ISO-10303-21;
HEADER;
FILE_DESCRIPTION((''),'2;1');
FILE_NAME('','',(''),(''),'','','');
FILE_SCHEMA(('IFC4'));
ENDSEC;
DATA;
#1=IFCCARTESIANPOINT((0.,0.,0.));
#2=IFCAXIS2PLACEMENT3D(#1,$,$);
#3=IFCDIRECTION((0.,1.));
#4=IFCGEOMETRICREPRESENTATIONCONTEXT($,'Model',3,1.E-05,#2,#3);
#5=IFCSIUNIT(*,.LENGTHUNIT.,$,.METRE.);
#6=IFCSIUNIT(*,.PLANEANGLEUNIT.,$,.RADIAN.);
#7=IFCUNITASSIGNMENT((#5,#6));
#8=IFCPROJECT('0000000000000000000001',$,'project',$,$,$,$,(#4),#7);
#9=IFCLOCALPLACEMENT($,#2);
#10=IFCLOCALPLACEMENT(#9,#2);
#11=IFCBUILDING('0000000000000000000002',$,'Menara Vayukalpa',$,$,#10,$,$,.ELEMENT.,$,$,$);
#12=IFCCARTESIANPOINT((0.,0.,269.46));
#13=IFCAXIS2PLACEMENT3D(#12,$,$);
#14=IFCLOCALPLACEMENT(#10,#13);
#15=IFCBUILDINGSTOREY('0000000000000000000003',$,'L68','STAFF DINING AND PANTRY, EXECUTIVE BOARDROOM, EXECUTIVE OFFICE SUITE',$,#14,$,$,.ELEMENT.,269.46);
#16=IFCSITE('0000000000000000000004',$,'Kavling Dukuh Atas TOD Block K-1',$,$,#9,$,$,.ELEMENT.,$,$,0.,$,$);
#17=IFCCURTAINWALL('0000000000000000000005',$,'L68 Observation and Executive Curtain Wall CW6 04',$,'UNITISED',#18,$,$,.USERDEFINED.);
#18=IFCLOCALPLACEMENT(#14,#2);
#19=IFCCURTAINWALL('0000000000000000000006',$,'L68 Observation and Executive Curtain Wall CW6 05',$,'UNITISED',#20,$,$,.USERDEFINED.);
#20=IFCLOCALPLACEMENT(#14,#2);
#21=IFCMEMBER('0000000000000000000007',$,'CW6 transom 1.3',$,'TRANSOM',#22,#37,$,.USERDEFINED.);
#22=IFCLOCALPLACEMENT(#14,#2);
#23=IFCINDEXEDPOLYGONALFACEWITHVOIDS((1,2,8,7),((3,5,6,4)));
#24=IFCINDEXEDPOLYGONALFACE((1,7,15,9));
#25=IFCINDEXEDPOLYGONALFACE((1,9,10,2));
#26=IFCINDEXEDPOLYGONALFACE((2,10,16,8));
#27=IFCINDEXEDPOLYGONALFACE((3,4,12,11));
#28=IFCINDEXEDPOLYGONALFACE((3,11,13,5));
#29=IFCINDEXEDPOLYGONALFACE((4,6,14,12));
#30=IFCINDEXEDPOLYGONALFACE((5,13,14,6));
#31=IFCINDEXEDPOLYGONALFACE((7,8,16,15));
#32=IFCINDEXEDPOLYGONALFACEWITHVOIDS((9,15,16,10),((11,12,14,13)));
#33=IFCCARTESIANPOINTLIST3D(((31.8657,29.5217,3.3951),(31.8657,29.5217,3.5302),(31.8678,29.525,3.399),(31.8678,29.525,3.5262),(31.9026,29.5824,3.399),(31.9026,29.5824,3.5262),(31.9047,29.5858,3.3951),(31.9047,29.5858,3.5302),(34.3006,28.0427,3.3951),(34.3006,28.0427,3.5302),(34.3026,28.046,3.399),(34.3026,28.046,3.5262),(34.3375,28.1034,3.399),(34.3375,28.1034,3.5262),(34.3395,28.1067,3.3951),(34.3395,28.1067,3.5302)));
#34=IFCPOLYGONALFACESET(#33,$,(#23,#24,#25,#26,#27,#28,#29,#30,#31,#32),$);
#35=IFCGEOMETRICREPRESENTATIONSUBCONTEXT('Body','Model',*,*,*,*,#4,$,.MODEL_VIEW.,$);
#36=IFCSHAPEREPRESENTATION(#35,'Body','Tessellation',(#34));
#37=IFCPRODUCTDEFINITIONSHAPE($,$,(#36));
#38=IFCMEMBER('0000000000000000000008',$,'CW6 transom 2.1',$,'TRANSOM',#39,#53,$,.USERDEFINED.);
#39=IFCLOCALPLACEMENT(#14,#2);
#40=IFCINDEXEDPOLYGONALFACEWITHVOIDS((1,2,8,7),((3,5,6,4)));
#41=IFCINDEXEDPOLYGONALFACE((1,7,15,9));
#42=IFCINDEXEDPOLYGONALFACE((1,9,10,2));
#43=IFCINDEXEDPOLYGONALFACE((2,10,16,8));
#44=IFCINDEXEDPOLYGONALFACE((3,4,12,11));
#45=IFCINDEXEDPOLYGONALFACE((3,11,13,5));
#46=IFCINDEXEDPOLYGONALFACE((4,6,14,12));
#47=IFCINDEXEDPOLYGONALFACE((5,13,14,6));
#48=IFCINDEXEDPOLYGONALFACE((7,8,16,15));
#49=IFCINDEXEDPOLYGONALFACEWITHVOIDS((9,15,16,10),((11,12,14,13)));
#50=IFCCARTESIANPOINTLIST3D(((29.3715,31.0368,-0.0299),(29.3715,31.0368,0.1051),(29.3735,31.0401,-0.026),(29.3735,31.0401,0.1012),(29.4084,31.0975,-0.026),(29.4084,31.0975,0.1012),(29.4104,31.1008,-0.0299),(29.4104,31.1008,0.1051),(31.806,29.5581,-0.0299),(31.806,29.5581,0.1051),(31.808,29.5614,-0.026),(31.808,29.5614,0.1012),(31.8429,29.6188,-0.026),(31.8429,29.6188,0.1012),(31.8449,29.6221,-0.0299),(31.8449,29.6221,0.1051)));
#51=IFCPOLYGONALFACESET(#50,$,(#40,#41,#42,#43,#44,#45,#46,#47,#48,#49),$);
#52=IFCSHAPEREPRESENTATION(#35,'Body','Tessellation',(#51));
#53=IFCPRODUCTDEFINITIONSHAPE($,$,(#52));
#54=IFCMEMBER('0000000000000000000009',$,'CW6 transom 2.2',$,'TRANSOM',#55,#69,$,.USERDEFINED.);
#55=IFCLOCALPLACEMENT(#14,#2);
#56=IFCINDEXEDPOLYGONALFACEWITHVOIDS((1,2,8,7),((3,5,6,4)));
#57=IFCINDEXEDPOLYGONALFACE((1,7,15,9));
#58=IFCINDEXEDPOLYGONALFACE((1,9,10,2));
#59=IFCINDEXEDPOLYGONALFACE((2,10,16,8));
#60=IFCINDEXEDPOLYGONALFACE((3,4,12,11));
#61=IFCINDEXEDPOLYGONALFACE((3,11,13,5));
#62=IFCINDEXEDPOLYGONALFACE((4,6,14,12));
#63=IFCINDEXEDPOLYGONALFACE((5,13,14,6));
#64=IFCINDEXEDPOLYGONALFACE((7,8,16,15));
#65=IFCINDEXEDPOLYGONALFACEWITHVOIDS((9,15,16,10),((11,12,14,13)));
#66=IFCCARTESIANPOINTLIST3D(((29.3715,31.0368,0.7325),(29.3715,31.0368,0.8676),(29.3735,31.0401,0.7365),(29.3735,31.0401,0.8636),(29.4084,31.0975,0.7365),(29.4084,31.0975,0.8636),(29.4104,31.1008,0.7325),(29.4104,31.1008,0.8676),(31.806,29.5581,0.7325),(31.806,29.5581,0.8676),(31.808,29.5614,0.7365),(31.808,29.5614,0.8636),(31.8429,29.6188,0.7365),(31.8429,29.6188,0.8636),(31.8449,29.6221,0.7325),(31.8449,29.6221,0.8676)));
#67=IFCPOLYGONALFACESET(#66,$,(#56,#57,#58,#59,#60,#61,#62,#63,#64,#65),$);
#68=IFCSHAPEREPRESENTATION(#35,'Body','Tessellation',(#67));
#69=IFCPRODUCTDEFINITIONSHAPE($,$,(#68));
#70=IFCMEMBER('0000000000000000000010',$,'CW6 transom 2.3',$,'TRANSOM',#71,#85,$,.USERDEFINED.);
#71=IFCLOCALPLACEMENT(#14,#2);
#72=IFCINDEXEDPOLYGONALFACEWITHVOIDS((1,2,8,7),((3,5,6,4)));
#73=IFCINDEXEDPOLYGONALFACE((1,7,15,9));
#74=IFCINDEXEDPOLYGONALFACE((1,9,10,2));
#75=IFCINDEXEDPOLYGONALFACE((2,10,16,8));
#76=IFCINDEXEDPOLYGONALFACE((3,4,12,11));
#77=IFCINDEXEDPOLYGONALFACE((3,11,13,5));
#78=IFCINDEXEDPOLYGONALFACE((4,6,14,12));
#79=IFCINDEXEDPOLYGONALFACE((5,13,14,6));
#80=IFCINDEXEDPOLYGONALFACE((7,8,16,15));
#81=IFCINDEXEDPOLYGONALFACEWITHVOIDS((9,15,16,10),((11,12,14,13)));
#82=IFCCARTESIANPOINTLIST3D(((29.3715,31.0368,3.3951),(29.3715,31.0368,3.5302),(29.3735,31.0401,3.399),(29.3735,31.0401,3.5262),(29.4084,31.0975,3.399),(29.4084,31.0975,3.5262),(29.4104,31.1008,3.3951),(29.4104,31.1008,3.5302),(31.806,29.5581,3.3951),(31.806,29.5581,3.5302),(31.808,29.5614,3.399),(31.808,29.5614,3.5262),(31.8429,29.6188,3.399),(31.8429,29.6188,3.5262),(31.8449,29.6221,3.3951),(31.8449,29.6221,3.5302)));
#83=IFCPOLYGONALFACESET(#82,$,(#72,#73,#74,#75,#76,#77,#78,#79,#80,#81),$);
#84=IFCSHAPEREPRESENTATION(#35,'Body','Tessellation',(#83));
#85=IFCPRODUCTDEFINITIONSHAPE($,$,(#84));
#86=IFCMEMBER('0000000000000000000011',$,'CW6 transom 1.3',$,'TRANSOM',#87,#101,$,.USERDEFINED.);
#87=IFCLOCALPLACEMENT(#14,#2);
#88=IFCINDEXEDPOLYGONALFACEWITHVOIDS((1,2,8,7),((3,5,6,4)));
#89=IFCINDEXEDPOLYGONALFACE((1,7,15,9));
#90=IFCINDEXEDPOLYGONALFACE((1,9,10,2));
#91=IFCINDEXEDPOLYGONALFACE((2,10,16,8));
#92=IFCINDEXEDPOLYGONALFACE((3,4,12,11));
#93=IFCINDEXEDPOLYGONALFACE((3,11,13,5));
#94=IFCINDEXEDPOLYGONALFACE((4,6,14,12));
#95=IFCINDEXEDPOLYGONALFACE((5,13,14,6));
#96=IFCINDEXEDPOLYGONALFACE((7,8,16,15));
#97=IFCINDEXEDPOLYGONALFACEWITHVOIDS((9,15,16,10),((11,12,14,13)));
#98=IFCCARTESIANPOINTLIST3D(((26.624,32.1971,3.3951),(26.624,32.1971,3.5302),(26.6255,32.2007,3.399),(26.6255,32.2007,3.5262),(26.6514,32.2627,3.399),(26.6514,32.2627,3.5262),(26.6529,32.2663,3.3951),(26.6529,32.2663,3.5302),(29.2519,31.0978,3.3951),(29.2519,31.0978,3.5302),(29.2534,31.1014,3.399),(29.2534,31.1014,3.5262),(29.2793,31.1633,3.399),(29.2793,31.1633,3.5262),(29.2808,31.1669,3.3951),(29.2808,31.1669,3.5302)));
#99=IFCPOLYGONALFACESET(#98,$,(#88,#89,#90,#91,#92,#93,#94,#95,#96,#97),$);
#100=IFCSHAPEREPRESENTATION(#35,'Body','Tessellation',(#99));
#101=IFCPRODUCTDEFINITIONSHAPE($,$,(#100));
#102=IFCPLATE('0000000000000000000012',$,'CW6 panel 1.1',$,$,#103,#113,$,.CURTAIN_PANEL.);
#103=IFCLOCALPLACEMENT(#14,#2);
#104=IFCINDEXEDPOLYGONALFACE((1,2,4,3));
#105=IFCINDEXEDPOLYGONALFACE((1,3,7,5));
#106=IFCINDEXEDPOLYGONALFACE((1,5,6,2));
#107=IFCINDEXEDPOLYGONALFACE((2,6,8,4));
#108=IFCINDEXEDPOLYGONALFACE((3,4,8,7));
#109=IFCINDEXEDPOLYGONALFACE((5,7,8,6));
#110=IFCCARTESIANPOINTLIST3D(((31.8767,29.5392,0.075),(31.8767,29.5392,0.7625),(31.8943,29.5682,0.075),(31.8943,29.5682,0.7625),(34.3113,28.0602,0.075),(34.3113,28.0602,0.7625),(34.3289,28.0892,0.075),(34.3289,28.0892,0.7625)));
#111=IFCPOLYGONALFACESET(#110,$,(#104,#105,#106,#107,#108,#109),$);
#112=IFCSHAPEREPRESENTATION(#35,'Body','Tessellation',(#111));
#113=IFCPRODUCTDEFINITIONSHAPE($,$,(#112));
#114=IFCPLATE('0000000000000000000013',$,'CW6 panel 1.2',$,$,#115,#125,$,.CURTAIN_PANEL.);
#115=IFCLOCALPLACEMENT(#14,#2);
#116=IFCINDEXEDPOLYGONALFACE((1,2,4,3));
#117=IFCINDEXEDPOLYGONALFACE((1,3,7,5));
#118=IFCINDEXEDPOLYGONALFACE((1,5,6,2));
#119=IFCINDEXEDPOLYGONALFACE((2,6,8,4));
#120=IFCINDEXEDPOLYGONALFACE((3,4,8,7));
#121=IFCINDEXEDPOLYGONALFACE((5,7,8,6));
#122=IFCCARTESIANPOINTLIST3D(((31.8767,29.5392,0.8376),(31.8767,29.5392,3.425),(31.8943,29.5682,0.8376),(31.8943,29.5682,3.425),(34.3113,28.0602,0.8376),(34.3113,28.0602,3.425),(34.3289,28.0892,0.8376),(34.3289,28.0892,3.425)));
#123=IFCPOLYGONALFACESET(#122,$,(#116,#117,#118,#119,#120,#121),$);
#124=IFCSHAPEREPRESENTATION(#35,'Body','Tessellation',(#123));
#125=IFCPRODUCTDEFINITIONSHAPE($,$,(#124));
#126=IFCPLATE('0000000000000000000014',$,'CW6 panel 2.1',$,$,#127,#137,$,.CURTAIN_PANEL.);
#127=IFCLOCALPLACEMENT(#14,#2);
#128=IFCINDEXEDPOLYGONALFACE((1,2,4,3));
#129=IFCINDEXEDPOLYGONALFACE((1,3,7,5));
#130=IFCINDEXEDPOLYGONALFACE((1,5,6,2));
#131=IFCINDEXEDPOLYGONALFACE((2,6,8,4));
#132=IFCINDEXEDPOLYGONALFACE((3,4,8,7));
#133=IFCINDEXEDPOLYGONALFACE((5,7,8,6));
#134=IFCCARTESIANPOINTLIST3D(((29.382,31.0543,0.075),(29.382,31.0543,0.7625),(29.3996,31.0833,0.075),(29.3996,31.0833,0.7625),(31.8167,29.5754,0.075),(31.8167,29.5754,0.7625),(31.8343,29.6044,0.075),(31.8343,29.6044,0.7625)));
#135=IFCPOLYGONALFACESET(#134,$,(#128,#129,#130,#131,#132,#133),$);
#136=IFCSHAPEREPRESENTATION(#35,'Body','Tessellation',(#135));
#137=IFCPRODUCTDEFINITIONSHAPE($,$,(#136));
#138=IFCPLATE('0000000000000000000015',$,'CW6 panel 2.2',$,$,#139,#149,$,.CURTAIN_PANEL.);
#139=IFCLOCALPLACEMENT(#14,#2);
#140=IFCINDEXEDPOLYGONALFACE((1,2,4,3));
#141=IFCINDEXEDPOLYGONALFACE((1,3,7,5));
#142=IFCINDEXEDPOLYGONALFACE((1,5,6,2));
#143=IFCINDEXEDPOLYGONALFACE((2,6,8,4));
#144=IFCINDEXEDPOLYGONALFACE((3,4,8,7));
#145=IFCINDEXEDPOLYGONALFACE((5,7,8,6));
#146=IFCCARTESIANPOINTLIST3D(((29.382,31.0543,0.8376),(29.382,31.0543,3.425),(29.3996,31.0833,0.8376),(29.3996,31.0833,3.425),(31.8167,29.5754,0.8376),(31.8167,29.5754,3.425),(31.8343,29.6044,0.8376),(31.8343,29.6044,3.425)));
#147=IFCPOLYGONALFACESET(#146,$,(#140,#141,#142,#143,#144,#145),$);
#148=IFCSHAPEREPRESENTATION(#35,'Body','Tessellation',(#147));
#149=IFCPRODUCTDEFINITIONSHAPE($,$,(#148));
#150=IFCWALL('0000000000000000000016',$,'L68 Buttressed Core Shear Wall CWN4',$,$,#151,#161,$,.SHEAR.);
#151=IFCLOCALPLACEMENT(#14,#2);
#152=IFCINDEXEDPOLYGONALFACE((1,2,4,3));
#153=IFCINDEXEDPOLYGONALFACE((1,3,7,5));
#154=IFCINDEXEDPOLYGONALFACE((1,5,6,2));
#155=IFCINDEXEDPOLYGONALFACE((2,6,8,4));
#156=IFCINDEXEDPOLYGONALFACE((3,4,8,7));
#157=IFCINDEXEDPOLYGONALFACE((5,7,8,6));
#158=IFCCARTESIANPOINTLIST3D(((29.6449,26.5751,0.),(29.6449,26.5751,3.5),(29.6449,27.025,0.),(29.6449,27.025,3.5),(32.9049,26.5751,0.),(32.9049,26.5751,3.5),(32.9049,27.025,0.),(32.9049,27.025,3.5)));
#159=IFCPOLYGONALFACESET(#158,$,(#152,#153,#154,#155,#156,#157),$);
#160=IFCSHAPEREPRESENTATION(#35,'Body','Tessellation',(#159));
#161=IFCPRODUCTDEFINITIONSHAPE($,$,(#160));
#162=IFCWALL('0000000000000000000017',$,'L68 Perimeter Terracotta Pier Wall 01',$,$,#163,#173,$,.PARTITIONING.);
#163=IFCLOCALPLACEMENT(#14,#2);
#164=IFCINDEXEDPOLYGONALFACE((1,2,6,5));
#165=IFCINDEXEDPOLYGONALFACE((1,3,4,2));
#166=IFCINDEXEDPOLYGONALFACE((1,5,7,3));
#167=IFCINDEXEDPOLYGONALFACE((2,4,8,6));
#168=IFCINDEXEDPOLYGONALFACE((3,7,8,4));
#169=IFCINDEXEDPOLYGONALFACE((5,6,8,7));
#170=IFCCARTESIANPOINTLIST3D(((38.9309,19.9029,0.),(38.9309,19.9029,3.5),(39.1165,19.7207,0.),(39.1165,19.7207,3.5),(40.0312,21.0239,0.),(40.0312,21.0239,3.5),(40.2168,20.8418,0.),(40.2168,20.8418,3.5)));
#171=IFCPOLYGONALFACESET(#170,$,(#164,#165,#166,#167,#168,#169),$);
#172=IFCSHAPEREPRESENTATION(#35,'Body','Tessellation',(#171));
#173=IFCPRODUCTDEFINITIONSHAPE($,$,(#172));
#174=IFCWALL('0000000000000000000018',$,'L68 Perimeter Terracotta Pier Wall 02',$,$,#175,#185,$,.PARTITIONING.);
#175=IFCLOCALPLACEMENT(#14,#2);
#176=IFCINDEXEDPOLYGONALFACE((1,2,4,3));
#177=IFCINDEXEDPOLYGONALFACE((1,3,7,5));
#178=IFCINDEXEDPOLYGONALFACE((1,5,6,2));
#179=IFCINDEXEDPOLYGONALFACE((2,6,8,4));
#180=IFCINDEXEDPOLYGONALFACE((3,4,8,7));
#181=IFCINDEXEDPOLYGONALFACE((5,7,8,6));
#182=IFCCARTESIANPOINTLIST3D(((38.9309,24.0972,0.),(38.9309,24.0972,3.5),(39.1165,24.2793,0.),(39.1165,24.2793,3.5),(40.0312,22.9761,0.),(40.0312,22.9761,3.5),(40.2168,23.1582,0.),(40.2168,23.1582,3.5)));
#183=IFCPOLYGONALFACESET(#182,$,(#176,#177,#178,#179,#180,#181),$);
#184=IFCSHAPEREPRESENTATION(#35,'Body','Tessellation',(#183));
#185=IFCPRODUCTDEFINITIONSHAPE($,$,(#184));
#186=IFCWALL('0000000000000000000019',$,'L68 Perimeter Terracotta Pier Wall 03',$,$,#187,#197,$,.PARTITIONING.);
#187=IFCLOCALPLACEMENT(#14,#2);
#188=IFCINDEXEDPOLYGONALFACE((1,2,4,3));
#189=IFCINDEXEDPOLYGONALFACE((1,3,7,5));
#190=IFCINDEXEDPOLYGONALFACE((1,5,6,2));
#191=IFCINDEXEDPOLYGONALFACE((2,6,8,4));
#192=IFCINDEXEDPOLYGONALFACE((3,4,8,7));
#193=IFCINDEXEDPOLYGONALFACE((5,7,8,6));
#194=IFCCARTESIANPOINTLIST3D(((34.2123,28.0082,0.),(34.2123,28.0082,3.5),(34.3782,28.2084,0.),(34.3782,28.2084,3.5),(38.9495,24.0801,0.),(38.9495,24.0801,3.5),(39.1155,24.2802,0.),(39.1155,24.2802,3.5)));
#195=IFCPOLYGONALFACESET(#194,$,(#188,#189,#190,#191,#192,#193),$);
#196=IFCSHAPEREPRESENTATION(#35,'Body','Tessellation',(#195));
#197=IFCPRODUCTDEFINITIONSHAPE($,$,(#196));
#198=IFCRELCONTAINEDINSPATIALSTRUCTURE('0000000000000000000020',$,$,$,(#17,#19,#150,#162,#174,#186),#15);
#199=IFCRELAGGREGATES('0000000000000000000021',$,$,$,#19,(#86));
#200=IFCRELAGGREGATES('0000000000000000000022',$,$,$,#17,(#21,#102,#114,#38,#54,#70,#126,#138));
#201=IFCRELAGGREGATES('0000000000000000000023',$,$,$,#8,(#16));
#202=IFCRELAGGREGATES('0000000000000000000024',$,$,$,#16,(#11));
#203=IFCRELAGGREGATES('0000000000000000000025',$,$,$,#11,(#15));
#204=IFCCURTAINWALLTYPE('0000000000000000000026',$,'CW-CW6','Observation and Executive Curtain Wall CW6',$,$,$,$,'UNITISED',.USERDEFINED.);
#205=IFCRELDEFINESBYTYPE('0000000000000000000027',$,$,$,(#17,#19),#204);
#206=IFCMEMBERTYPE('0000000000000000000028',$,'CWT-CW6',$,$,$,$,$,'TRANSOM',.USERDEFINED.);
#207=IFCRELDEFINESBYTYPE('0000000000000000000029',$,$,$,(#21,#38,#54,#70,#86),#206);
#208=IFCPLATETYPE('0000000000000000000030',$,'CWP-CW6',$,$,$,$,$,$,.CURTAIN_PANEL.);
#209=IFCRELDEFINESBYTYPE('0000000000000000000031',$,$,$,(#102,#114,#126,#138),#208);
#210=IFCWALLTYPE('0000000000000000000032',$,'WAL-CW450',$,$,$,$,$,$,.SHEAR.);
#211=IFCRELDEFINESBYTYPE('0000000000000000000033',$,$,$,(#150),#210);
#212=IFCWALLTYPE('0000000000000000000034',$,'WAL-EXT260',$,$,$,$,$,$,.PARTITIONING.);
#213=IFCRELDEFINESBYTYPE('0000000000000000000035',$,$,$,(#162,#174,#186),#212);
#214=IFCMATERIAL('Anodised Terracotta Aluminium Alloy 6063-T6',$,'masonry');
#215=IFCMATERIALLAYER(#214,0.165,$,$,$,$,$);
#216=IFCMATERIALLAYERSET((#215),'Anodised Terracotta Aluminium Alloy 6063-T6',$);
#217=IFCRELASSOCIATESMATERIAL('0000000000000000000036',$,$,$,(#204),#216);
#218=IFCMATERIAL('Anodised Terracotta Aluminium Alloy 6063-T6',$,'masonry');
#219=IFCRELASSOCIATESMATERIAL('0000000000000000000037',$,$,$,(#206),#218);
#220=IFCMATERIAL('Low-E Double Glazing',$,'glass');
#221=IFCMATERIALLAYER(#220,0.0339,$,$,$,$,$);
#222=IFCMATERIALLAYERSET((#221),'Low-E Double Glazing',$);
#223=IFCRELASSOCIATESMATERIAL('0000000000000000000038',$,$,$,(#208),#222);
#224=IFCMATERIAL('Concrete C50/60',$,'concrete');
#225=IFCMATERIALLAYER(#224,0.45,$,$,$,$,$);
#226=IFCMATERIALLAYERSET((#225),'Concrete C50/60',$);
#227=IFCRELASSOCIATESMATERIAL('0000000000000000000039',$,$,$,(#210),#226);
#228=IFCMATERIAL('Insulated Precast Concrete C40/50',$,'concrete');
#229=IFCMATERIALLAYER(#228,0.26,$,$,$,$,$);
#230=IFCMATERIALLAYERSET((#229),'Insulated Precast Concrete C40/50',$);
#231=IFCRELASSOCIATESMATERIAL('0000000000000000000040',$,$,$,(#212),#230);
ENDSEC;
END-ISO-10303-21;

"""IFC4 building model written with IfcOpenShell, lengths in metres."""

from ifc_helpers import new_model, si_unit, direction, frame, frame_2d, origin, origin_2d, place, context, subcontext, project, spatial, rectangle, hollow_rectangle, extrude, material, layer, layer_set, material_profile, profile_set, type_object, element, aggregate, save


model = new_model("IFC4")

# Units and contexts
model_context = context("Model", 3, precision=1e-05, world=origin(), true_north=direction((0.0, 1.0)))
body_context = subcontext(model_context, "Body", "Model", "MODEL_VIEW")
ifc_project = project(units=[si_unit("LENGTHUNIT", "METRE"), si_unit("PLANEANGLEUNIT", "RADIAN")], contexts=[model_context])

# Site, building, storey
site_placement = place(None, origin())
site = spatial("IfcSite", under=ifc_project, at=site_placement, Name="Kavling Dukuh Atas TOD Block K-1", CompositionType="ELEMENT", RefElevation=0.0)
building_placement = place(site_placement, origin())
building = spatial("IfcBuilding", under=site, at=building_placement, Name="Menara Vayukalpa", CompositionType="ELEMENT")
storey_placement = place(building_placement, frame((0.0, 0.0, 269.46)))
storey = spatial("IfcBuildingStorey", under=building, at=storey_placement, Name="L68", Description="STAFF DINING AND PANTRY, EXECUTIVE BOARDROOM, EXECUTIVE OFFICE SUITE", CompositionType="ELEMENT", Elevation=269.46)

# Curtain wall
ifc_material_1 = material(Name="Anodised Terracotta Aluminium Alloy 6063-T6", Category="masonry")
ifc_layer_1 = layer(ifc_material_1, 0.165)
ifc_layer_set_1 = layer_set([ifc_layer_1], Name="Anodised Terracotta Aluminium Alloy 6063-T6")
curtain_wall_type = type_object("IfcCurtainWallType", Name="CW-CW6", Description="Observation and Executive Curtain Wall CW6", ElementType="UNITISED", PredefinedType="USERDEFINED", material=ifc_layer_set_1)
curtain_wall_1_placement = place(storey_placement, origin())
curtain_wall_1 = element("IfcCurtainWall", 1, at=curtain_wall_1_placement, inside=storey, type_object=curtain_wall_type, Name="L68 Observation and Executive Curtain Wall CW6 04", ObjectType="UNITISED", PredefinedType="USERDEFINED")

# Curtain wall
curtain_wall_2_placement = place(storey_placement, origin())
curtain_wall_2 = element("IfcCurtainWall", 2, at=curtain_wall_2_placement, inside=storey, type_object=curtain_wall_type, Name="L68 Observation and Executive Curtain Wall CW6 05", ObjectType="UNITISED", PredefinedType="USERDEFINED")

# Members
ifc_material_2 = material(Name="Anodised Terracotta Aluminium Alloy 6063-T6", Category="masonry")
ifc_material_profile_1 = material_profile(ifc_material_2, hollow_rectangle(XDim=0.075, YDim=0.135, WallThickness=0.0039, at=origin_2d()), Name="ALU 75x135x4")
ifc_profile_set_1 = profile_set([ifc_material_profile_1], Name="Anodised Terracotta Aluminium Alloy 6063-T6")
member_type_1 = type_object("IfcMemberType", Name="CWT-CW6", ElementType="TRANSOM", PredefinedType="USERDEFINED", material=ifc_profile_set_1)
member_1_placement = place(storey_placement, frame((34.3201, 28.0747, 3.4626), z_axis=(-0.854675, 0.519164, 0.0), x_axis=(-0.519164, -0.854675, 0.0)))
member_1 = element("IfcMember", 3, at=member_1_placement, type_object=member_type_1, Name="CW6 transom 1.3", ObjectType="TRANSOM", PredefinedType="USERDEFINED", context=body_context, shape_type="SweptSolid", body=[
    extrude(hollow_rectangle(XDim=0.075, YDim=0.135, WallThickness=0.0039, at=origin_2d()), origin(), (0.0, 0.0, 1.0), 2.8489),
])
member_2_placement = place(storey_placement, frame((31.8254, 29.5901, 0.0376), z_axis=(-0.85469, 0.519139, 0.0), x_axis=(-0.519139, -0.85469, 0.0)))
member_2 = element("IfcMember", 4, at=member_2_placement, type_object=member_type_1, Name="CW6 transom 2.1", ObjectType="TRANSOM", PredefinedType="USERDEFINED", context=body_context, shape_type="SweptSolid", body=[
    extrude(hollow_rectangle(XDim=0.075, YDim=0.135, WallThickness=0.0039, at=origin_2d()), origin(), (0.0, 0.0, 1.0), 2.8484),
])
member_3_placement = place(storey_placement, frame((31.8254, 29.5901, 0.8), z_axis=(-0.85469, 0.519139, 0.0), x_axis=(-0.519139, -0.85469, 0.0)))
member_3 = element("IfcMember", 5, at=member_3_placement, type_object=member_type_1, Name="CW6 transom 2.2", ObjectType="TRANSOM", PredefinedType="USERDEFINED", context=body_context, shape_type="SweptSolid", body=[
    extrude(hollow_rectangle(XDim=0.075, YDim=0.135, WallThickness=0.0039, at=origin_2d()), origin(), (0.0, 0.0, 1.0), 2.8484),
])
member_4_placement = place(storey_placement, frame((31.8254, 29.5901, 3.4626), z_axis=(-0.85469, 0.519139, 0.0), x_axis=(-0.519139, -0.85469, 0.0)))
member_4 = element("IfcMember", 6, at=member_4_placement, type_object=member_type_1, Name="CW6 transom 2.3", ObjectType="TRANSOM", PredefinedType="USERDEFINED", context=body_context, shape_type="SweptSolid", body=[
    extrude(hollow_rectangle(XDim=0.075, YDim=0.135, WallThickness=0.0039, at=origin_2d()), origin(), (0.0, 0.0, 1.0), 2.8484),
])
member_5_placement = place(storey_placement, frame((29.2664, 31.1323, 3.4626), z_axis=(-0.922528, 0.385929, 0.0), x_axis=(-0.385929, -0.922528, 0.0)))
member_5 = element("IfcMember", 7, at=member_5_placement, type_object=member_type_1, Name="CW6 transom 1.3", ObjectType="TRANSOM", PredefinedType="USERDEFINED", context=body_context, shape_type="SweptSolid", body=[
    extrude(hollow_rectangle(XDim=0.075, YDim=0.135, WallThickness=0.0039, at=origin_2d()), origin(), (0.0, 0.0, 1.0), 2.8486),
])
aggregate(curtain_wall_2, [member_5])

# Plates
ifc_material_3 = material(Name="Low-E Double Glazing", Category="glass")
ifc_layer_2 = layer(ifc_material_3, 0.0339)
ifc_layer_set_2 = layer_set([ifc_layer_2], Name="Low-E Double Glazing")
plate_type = type_object("IfcPlateType", Name="CWP-CW6", PredefinedType="CURTAIN_PANEL", material=ifc_layer_set_2)
plate_1_placement = place(storey_placement, frame((33.1028, 28.8142, 0.075), z_axis=(0.0, 0.0, 1.0), x_axis=(-0.854668, 0.519176, 0.0)))
plate_1 = element("IfcPlate", 8, at=plate_1_placement, type_object=plate_type, Name="CW6 panel 1.1", PredefinedType="CURTAIN_PANEL", context=body_context, shape_type="SweptSolid", body=[
    extrude(rectangle(XDim=2.8486, YDim=0.0339, at=origin_2d()), origin(), (0.0, 0.0, 1.0), 0.6875),
])
plate_2_placement = place(storey_placement, frame((33.1028, 28.8142, 0.8376), z_axis=(0.0, 0.0, 1.0), x_axis=(-0.854668, 0.519176, 0.0)))
plate_2 = element("IfcPlate", 9, at=plate_2_placement, type_object=plate_type, Name="CW6 panel 1.2", PredefinedType="CURTAIN_PANEL", context=body_context, shape_type="SweptSolid", body=[
    extrude(rectangle(XDim=2.8486, YDim=0.0339, at=origin_2d()), origin(), (0.0, 0.0, 1.0), 2.5874),
])
plate_3_placement = place(storey_placement, frame((30.6082, 30.3293, 0.075), z_axis=(0.0, 0.0, 1.0), x_axis=(-0.854668, 0.519176, 0.0)))
plate_3 = element("IfcPlate", 10, at=plate_3_placement, type_object=plate_type, Name="CW6 panel 2.1", PredefinedType="CURTAIN_PANEL", context=body_context, shape_type="SweptSolid", body=[
    extrude(rectangle(XDim=2.8486, YDim=0.0339, at=origin_2d()), origin(), (0.0, 0.0, 1.0), 0.6875),
])
plate_4_placement = place(storey_placement, frame((30.6082, 30.3293, 0.8376), z_axis=(0.0, 0.0, 1.0), x_axis=(-0.854668, 0.519176, 0.0)))
plate_4 = element("IfcPlate", 11, at=plate_4_placement, type_object=plate_type, Name="CW6 panel 2.2", PredefinedType="CURTAIN_PANEL", context=body_context, shape_type="SweptSolid", body=[
    extrude(rectangle(XDim=2.8486, YDim=0.0339, at=origin_2d()), origin(), (0.0, 0.0, 1.0), 2.5874),
])
aggregate(curtain_wall_1, [member_1, plate_1, plate_2, member_2, member_3, member_4, plate_3, plate_4])

# Walls
ifc_material_4 = material(Name="Concrete C50/60", Category="concrete")
ifc_layer_3 = layer(ifc_material_4, 0.45)
ifc_layer_set_3 = layer_set([ifc_layer_3], Name="Concrete C50/60")
wall_type_1 = type_object("IfcWallType", Name="WAL-CW450", PredefinedType="SHEAR", material=ifc_layer_set_3)
wall_1_placement = place(storey_placement, frame((29.645, 26.8, 0.0), z_axis=(0.0, 0.0, 1.0), x_axis=(1.0, 0.0, 0.0)))
element("IfcWall", 12, at=wall_1_placement, inside=storey, type_object=wall_type_1, Name="L68 Buttressed Core Shear Wall CWN4", PredefinedType="SHEAR", context=body_context, shape_type="SweptSolid", body=[
    extrude(rectangle(XDim=3.26, YDim=0.45, at=frame_2d((1.6299, 0.0))), origin(), (0.0, 0.0, 1.0), 3.5),
])
ifc_material_5 = material(Name="Insulated Precast Concrete C40/50", Category="concrete")
ifc_layer_4 = layer(ifc_material_5, 0.26)
ifc_layer_set_4 = layer_set([ifc_layer_4], Name="Insulated Precast Concrete C40/50")
wall_type_2 = type_object("IfcWallType", Name="WAL-EXT260", PredefinedType="PARTITIONING", material=ifc_layer_set_4)
for number, where, z_axis, x_axis, name in (
    (13, (40.124, 20.9329, 0.0), (0.0, 0.0, 1.0), (-0.700471, -0.713681, 0.0), "L68 Perimeter Terracotta Pier Wall 01"),
    (14, (39.0237, 24.1882, 0.0), (0.0, 0.0, 1.0), (0.700471, -0.713681, 0.0), "L68 Perimeter Terracotta Pier Wall 02"),
):
    element("IfcWall", number, at=place(storey_placement, frame(where, z_axis=z_axis, x_axis=x_axis)), inside=storey, type_object=wall_type_2, Name=name, PredefinedType="PARTITIONING", context=body_context, shape_type="SweptSolid", body=[
        extrude(rectangle(XDim=1.5708, YDim=0.26, at=frame_2d((0.7854, 0.0))), origin(), (0.0, 0.0, 1.0), 3.5),
    ])
wall_2_placement = place(storey_placement, frame((34.2952, 28.1084, 0.0), z_axis=(0.0, 0.0, 1.0), x_axis=(0.76978, -0.638309, 0.0)))
element("IfcWall", 15, at=wall_2_placement, inside=storey, type_object=wall_type_2, Name="L68 Perimeter Terracotta Pier Wall 03", PredefinedType="PARTITIONING", context=body_context, shape_type="SweptSolid", body=[
    extrude(rectangle(XDim=6.1541, YDim=0.26, at=frame_2d((3.0771, 0.0))), origin(), (0.0, 0.0, 1.0), 3.5),
])

save(model, "model.ifc")
